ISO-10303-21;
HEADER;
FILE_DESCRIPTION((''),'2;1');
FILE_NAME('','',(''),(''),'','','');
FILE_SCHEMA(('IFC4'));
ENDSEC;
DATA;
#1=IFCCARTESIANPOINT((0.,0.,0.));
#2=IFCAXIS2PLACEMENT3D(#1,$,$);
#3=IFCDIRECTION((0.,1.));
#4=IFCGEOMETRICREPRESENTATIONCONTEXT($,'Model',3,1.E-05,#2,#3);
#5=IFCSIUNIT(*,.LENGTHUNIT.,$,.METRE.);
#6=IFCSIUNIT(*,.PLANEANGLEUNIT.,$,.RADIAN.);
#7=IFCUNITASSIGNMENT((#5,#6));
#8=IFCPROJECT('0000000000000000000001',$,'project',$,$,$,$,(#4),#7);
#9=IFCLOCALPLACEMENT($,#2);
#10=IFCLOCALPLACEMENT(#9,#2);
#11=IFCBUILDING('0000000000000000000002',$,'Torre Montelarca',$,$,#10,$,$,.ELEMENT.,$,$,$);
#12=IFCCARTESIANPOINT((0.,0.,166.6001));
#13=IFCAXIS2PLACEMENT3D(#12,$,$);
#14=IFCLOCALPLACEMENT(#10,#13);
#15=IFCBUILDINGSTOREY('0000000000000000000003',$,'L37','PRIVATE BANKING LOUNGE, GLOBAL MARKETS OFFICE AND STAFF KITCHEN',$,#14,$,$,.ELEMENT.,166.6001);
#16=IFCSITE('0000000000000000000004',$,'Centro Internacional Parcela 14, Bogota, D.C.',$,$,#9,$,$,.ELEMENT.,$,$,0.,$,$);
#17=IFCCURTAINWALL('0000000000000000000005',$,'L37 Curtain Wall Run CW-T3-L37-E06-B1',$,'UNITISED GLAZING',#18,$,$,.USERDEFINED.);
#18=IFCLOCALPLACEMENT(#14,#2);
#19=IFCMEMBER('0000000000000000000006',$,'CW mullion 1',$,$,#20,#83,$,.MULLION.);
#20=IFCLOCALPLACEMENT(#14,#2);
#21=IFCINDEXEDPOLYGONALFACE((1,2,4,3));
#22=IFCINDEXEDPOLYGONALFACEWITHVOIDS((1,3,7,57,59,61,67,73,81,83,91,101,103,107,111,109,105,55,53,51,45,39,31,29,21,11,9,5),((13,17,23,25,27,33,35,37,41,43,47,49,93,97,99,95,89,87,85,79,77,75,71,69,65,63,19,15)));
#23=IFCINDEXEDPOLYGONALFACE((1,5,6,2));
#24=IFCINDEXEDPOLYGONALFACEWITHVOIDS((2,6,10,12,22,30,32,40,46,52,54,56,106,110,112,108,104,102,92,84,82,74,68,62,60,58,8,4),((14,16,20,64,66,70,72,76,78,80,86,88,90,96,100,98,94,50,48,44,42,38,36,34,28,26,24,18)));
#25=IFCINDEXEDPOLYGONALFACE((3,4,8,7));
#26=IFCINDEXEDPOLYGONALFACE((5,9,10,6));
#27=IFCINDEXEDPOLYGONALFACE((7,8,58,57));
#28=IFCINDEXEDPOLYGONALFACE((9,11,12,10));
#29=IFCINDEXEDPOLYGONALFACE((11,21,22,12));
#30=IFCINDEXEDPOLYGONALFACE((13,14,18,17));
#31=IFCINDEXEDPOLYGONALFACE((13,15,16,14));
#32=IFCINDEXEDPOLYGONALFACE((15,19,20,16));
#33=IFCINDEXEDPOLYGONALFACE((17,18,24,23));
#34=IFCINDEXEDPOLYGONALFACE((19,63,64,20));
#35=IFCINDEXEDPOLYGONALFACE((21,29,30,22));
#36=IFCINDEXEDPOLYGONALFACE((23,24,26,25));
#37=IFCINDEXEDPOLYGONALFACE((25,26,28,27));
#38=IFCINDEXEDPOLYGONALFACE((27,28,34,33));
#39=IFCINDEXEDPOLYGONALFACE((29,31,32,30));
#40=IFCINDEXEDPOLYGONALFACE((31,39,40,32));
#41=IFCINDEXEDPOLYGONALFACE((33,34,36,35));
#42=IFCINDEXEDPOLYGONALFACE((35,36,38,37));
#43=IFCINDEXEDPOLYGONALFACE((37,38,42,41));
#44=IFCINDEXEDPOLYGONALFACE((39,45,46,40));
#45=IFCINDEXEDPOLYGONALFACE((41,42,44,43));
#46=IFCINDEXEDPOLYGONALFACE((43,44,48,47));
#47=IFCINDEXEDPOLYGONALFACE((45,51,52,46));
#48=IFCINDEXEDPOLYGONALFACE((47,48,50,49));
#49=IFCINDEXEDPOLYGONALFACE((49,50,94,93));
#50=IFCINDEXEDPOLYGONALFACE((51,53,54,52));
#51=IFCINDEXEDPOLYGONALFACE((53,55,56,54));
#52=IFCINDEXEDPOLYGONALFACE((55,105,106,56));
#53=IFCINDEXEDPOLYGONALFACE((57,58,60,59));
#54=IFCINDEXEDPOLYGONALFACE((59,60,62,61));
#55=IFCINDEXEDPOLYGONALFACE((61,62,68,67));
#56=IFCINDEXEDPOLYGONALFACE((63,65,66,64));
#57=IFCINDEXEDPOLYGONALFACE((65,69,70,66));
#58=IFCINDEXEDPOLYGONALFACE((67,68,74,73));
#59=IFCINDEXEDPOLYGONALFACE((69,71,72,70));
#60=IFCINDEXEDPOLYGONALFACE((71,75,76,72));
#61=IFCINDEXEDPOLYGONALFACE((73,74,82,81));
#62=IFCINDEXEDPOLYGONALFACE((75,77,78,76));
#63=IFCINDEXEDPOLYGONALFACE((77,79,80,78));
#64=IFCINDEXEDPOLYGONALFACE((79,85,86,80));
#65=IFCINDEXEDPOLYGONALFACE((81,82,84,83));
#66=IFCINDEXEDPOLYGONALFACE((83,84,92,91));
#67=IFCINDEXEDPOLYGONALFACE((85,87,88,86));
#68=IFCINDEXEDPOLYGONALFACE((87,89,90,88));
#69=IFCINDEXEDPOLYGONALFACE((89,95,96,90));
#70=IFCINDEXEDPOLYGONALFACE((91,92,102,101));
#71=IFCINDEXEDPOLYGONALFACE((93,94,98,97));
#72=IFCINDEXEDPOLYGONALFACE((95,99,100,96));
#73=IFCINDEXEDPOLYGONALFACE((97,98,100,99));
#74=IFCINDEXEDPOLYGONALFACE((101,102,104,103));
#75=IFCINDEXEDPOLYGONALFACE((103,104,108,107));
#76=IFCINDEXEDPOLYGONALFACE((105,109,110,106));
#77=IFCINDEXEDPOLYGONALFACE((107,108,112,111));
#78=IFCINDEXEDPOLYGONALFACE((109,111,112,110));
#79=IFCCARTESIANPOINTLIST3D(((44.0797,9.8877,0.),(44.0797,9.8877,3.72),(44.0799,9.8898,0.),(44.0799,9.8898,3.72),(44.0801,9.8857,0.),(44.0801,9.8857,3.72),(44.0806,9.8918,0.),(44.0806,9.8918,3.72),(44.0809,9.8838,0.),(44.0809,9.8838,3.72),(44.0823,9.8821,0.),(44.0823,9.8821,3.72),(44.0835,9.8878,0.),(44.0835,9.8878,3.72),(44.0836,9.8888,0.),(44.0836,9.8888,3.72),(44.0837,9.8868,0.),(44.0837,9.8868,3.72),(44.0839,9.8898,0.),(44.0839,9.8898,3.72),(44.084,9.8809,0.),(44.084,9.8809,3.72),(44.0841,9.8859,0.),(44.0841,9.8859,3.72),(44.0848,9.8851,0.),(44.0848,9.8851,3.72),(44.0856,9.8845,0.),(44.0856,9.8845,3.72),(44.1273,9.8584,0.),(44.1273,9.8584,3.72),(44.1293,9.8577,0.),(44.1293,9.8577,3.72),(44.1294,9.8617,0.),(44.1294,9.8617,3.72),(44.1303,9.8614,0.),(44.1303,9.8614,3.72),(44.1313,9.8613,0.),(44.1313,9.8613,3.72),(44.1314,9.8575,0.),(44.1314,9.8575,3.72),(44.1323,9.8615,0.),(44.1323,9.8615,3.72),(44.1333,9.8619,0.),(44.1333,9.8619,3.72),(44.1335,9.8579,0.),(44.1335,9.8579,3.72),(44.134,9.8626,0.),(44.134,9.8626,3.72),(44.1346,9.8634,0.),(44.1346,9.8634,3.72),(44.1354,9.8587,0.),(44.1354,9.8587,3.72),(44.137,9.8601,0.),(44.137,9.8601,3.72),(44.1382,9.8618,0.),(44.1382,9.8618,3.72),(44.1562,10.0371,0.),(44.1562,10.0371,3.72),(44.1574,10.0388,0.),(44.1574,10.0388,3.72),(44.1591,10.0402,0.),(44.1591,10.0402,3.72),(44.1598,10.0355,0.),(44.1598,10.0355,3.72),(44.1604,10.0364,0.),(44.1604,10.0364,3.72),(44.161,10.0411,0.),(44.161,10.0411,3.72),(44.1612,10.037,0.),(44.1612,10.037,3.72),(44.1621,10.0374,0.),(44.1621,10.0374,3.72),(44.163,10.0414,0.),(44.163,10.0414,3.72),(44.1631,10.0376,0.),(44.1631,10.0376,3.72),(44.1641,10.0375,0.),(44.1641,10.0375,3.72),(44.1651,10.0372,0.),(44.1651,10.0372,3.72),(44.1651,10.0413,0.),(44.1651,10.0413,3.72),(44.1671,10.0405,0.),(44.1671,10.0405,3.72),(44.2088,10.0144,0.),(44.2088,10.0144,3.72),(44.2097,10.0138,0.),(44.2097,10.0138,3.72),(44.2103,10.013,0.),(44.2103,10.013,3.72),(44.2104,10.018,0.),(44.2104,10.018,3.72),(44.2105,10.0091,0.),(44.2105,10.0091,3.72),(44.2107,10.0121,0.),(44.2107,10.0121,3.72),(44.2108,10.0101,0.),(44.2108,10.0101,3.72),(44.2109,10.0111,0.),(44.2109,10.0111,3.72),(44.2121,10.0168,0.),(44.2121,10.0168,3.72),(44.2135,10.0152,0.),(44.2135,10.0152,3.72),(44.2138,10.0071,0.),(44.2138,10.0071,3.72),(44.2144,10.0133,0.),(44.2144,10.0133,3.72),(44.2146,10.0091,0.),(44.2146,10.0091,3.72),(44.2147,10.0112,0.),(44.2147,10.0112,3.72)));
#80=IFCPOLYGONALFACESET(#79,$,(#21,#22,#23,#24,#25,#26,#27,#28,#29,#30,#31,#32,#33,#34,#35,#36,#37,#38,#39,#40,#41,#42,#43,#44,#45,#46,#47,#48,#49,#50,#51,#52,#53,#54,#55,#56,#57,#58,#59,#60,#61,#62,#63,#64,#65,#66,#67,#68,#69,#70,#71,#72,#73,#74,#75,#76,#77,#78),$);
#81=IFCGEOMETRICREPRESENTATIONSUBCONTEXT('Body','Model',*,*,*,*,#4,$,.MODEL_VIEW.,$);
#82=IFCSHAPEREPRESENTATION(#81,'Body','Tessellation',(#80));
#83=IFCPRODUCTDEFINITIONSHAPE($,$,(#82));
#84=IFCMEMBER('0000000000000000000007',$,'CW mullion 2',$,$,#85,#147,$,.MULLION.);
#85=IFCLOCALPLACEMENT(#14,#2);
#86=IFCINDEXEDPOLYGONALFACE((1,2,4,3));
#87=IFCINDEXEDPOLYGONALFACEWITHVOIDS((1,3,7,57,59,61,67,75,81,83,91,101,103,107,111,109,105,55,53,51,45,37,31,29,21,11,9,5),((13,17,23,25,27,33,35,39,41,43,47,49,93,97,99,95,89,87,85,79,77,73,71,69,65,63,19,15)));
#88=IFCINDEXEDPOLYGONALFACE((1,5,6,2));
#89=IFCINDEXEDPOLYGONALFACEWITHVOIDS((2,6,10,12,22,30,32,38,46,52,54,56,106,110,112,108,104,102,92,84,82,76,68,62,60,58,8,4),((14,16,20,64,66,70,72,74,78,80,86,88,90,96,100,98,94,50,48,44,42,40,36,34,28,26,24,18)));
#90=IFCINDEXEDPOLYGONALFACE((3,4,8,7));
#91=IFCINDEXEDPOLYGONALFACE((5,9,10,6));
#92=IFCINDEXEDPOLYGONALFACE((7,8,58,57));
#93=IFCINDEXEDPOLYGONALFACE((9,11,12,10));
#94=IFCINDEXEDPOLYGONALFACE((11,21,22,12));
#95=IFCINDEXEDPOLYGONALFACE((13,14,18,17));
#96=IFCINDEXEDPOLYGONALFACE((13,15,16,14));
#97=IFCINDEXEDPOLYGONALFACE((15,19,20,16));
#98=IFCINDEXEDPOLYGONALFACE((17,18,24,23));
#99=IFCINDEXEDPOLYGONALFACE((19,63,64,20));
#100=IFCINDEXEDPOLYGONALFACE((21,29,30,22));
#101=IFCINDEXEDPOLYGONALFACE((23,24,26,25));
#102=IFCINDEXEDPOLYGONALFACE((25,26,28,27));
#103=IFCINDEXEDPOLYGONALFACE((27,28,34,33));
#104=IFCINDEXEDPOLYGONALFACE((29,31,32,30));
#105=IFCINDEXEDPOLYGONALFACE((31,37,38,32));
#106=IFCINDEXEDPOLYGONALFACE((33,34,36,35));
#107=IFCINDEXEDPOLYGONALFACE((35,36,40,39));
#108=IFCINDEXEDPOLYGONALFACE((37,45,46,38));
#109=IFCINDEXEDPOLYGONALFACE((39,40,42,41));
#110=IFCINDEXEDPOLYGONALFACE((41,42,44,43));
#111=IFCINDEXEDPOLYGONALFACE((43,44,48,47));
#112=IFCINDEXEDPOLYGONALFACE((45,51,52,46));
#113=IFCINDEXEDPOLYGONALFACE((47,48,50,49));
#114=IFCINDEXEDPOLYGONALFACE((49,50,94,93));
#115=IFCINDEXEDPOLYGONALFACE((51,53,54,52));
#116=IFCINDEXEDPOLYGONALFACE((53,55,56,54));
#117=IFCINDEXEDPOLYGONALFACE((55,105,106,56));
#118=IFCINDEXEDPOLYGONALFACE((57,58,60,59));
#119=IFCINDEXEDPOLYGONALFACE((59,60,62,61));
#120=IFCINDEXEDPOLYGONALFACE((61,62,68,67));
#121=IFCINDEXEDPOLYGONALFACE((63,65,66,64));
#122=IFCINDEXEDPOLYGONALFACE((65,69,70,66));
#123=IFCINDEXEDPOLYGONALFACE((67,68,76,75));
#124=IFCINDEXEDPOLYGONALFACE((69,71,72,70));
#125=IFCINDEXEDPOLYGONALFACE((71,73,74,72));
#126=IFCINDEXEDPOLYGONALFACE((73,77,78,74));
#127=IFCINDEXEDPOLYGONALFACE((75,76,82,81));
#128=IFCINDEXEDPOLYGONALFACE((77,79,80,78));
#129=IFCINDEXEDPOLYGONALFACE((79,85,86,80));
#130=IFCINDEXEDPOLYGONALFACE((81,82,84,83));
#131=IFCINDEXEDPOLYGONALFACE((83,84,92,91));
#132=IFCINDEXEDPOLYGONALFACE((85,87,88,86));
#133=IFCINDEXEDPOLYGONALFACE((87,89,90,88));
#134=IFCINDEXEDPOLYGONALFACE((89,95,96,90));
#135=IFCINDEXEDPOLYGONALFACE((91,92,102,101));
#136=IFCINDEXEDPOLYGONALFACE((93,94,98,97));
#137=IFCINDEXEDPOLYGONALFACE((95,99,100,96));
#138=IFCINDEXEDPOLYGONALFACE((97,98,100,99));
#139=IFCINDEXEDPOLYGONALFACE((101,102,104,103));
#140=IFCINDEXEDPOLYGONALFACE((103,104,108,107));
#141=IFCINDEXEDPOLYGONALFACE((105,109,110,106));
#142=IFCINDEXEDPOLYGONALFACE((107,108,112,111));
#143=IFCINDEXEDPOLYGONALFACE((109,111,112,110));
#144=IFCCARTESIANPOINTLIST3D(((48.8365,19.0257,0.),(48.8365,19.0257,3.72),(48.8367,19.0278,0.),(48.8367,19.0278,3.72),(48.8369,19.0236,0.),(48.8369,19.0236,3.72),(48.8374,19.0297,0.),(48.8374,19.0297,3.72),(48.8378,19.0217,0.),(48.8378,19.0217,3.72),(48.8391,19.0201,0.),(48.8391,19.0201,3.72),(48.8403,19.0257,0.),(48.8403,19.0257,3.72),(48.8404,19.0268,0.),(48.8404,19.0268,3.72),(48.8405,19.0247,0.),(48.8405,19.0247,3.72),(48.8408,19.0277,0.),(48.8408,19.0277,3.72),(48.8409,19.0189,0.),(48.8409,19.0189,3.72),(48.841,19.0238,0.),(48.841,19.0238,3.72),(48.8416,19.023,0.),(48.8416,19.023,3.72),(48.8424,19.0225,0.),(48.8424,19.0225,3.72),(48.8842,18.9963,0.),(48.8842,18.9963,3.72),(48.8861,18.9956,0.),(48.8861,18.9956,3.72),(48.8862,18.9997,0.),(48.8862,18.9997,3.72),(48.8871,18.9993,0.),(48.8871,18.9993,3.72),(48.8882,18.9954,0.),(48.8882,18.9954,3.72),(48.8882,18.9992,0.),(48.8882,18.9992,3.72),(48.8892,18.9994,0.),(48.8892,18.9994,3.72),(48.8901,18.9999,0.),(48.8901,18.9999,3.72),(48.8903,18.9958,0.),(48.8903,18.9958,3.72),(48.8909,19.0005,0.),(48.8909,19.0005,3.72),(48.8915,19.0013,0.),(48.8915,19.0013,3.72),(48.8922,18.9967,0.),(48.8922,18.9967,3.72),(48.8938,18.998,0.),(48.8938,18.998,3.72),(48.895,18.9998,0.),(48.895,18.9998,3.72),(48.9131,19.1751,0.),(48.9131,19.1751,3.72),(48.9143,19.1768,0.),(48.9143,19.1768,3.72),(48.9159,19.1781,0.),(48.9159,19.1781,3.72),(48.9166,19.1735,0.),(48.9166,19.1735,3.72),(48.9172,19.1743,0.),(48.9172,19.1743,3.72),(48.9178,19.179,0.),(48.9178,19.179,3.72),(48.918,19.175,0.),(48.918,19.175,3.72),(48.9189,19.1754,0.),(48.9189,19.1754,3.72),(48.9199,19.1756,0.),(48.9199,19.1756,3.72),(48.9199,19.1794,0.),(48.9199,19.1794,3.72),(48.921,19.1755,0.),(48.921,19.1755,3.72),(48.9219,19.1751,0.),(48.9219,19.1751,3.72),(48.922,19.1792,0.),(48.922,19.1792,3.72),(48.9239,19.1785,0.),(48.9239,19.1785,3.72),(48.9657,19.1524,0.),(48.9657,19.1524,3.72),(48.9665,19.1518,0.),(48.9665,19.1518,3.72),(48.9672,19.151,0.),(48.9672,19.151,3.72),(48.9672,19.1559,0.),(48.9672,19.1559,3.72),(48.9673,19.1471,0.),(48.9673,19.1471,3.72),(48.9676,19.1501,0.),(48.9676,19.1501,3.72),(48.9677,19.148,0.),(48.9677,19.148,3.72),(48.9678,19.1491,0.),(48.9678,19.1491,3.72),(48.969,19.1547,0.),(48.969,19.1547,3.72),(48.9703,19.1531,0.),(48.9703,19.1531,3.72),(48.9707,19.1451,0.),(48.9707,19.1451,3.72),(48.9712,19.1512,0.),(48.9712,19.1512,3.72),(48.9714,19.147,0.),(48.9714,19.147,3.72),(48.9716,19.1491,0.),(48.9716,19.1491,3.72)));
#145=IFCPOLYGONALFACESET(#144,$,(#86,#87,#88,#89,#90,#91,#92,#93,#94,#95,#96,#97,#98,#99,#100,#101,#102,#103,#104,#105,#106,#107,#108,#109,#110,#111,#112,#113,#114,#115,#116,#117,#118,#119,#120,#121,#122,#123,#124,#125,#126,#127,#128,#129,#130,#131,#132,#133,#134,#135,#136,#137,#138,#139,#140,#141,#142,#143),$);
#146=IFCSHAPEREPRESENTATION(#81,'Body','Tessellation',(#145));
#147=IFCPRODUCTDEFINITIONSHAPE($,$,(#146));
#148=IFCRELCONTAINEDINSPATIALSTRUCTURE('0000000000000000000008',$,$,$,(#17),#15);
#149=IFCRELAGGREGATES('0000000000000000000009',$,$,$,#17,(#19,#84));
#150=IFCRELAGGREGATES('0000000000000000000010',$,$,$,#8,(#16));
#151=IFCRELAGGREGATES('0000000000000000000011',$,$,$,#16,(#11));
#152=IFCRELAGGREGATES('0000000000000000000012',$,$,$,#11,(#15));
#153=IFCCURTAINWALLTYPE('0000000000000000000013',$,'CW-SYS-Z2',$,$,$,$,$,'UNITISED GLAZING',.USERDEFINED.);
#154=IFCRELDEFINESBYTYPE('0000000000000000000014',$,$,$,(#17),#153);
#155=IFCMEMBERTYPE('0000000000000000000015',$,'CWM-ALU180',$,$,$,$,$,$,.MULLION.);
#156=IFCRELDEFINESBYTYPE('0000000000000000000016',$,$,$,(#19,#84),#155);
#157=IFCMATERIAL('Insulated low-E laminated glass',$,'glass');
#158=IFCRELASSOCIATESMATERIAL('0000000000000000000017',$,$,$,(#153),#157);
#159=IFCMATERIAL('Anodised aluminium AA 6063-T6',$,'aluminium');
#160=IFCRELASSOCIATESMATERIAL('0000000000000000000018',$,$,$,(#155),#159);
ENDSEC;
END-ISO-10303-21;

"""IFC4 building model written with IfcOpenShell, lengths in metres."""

from ifc_helpers import new_model, si_unit, direction, frame, origin, origin_2d, place, context, subcontext, project, spatial, hollow_rectangle, extrude, source, transform, mapped, material, material_profile, profile_set, type_object, element, aggregate, save


model = new_model("IFC4")

# Units and contexts
model_context = context("Model", 3, precision=1e-05, world=origin(), true_north=direction((0.0, 1.0)))
body_context = subcontext(model_context, "Body", "Model", "MODEL_VIEW")
ifc_project = project(units=[si_unit("LENGTHUNIT", "METRE"), si_unit("PLANEANGLEUNIT", "RADIAN")], contexts=[model_context])

# Site, building, storey
site_placement = place(None, origin())
site = spatial("IfcSite", under=ifc_project, at=site_placement, Name="Centro Internacional Parcela 14, Bogota, D.C.", CompositionType="ELEMENT", RefElevation=0.0)
building_placement = place(site_placement, origin())
building = spatial("IfcBuilding", under=site, at=building_placement, Name="Torre Montelarca", CompositionType="ELEMENT")
storey_placement = place(building_placement, frame((0.0, 0.0, 166.6001)))
storey = spatial("IfcBuildingStorey", under=building, at=storey_placement, Name="L37", Description="PRIVATE BANKING LOUNGE, GLOBAL MARKETS OFFICE AND STAFF KITCHEN", CompositionType="ELEMENT", Elevation=166.6001)

# Curtain wall
ifc_material_1 = material(Name="Insulated low-E laminated glass", Category="glass")
curtain_wall_type = type_object("IfcCurtainWallType", Name="CW-SYS-Z2", ElementType="UNITISED GLAZING", PredefinedType="USERDEFINED", material=ifc_material_1)
ifc_material_2 = material(Name="Anodised aluminium AA 6063-T6", Category="aluminium")
curtain_wall_1_placement = place(storey_placement, origin())
curtain_wall_1 = element("IfcCurtainWall", 1, at=curtain_wall_1_placement, inside=storey, type_object=curtain_wall_type, Name="L37 Curtain Wall Run CW-T3-L37-E06-B1", ObjectType="UNITISED GLAZING", PredefinedType="USERDEFINED")

# Shared definitions
ifc_material_profile_1 = material_profile(ifc_material_2, hollow_rectangle(XDim=0.0649, YDim=0.1799, WallThickness=0.0039, InnerFilletRadius=0.0039, OuterFilletRadius=0.0081, at=origin_2d()), Name="ALU65X180X4", Category="aluminium")
ifc_profile_set_1 = profile_set([ifc_material_profile_1], Name="Anodised aluminium AA 6063-T6")
member_type_1 = type_object("IfcMemberType", Name="CWM-ALU180", PredefinedType="MULLION", material=ifc_profile_set_1)
shared_shape_1 = source(origin(), body_context, "Body", "SweptSolid", [
    extrude(hollow_rectangle(XDim=0.0649, YDim=0.1799, WallThickness=0.0039, InnerFilletRadius=0.0039, OuterFilletRadius=0.0081, at=origin_2d()), origin(), (0.0, 0.0, 1.0), 3.72),
])

# Members
member_1_placement = place(storey_placement, frame((44.1472, 9.9495, 0.0), z_axis=(0.0, 0.0, 1.0), x_axis=(-0.887014, 0.461743, 0.0)))
member_1 = element("IfcMember", 2, at=member_1_placement, type_object=member_type_1, Name="CW mullion 1", PredefinedType="MULLION", context=body_context, shape_type="MappedRepresentation", body=[
    mapped(shared_shape_1, transform((0.0, 0.0, 0.0), scale=1.0)),
])
member_2_placement = place(storey_placement, frame((48.9041, 19.0874, 0.0), z_axis=(0.0, 0.0, 1.0), x_axis=(-0.887014, 0.461743, 0.0)))
member_2 = element("IfcMember", 3, at=member_2_placement, type_object=member_type_1, Name="CW mullion 2", PredefinedType="MULLION", context=body_context, shape_type="MappedRepresentation", body=[
    mapped(shared_shape_1, transform((0.0, 0.0, 0.0), scale=1.0)),
])

aggregate(curtain_wall_1, [member_1, member_2])

save(model, "model.ifc")
